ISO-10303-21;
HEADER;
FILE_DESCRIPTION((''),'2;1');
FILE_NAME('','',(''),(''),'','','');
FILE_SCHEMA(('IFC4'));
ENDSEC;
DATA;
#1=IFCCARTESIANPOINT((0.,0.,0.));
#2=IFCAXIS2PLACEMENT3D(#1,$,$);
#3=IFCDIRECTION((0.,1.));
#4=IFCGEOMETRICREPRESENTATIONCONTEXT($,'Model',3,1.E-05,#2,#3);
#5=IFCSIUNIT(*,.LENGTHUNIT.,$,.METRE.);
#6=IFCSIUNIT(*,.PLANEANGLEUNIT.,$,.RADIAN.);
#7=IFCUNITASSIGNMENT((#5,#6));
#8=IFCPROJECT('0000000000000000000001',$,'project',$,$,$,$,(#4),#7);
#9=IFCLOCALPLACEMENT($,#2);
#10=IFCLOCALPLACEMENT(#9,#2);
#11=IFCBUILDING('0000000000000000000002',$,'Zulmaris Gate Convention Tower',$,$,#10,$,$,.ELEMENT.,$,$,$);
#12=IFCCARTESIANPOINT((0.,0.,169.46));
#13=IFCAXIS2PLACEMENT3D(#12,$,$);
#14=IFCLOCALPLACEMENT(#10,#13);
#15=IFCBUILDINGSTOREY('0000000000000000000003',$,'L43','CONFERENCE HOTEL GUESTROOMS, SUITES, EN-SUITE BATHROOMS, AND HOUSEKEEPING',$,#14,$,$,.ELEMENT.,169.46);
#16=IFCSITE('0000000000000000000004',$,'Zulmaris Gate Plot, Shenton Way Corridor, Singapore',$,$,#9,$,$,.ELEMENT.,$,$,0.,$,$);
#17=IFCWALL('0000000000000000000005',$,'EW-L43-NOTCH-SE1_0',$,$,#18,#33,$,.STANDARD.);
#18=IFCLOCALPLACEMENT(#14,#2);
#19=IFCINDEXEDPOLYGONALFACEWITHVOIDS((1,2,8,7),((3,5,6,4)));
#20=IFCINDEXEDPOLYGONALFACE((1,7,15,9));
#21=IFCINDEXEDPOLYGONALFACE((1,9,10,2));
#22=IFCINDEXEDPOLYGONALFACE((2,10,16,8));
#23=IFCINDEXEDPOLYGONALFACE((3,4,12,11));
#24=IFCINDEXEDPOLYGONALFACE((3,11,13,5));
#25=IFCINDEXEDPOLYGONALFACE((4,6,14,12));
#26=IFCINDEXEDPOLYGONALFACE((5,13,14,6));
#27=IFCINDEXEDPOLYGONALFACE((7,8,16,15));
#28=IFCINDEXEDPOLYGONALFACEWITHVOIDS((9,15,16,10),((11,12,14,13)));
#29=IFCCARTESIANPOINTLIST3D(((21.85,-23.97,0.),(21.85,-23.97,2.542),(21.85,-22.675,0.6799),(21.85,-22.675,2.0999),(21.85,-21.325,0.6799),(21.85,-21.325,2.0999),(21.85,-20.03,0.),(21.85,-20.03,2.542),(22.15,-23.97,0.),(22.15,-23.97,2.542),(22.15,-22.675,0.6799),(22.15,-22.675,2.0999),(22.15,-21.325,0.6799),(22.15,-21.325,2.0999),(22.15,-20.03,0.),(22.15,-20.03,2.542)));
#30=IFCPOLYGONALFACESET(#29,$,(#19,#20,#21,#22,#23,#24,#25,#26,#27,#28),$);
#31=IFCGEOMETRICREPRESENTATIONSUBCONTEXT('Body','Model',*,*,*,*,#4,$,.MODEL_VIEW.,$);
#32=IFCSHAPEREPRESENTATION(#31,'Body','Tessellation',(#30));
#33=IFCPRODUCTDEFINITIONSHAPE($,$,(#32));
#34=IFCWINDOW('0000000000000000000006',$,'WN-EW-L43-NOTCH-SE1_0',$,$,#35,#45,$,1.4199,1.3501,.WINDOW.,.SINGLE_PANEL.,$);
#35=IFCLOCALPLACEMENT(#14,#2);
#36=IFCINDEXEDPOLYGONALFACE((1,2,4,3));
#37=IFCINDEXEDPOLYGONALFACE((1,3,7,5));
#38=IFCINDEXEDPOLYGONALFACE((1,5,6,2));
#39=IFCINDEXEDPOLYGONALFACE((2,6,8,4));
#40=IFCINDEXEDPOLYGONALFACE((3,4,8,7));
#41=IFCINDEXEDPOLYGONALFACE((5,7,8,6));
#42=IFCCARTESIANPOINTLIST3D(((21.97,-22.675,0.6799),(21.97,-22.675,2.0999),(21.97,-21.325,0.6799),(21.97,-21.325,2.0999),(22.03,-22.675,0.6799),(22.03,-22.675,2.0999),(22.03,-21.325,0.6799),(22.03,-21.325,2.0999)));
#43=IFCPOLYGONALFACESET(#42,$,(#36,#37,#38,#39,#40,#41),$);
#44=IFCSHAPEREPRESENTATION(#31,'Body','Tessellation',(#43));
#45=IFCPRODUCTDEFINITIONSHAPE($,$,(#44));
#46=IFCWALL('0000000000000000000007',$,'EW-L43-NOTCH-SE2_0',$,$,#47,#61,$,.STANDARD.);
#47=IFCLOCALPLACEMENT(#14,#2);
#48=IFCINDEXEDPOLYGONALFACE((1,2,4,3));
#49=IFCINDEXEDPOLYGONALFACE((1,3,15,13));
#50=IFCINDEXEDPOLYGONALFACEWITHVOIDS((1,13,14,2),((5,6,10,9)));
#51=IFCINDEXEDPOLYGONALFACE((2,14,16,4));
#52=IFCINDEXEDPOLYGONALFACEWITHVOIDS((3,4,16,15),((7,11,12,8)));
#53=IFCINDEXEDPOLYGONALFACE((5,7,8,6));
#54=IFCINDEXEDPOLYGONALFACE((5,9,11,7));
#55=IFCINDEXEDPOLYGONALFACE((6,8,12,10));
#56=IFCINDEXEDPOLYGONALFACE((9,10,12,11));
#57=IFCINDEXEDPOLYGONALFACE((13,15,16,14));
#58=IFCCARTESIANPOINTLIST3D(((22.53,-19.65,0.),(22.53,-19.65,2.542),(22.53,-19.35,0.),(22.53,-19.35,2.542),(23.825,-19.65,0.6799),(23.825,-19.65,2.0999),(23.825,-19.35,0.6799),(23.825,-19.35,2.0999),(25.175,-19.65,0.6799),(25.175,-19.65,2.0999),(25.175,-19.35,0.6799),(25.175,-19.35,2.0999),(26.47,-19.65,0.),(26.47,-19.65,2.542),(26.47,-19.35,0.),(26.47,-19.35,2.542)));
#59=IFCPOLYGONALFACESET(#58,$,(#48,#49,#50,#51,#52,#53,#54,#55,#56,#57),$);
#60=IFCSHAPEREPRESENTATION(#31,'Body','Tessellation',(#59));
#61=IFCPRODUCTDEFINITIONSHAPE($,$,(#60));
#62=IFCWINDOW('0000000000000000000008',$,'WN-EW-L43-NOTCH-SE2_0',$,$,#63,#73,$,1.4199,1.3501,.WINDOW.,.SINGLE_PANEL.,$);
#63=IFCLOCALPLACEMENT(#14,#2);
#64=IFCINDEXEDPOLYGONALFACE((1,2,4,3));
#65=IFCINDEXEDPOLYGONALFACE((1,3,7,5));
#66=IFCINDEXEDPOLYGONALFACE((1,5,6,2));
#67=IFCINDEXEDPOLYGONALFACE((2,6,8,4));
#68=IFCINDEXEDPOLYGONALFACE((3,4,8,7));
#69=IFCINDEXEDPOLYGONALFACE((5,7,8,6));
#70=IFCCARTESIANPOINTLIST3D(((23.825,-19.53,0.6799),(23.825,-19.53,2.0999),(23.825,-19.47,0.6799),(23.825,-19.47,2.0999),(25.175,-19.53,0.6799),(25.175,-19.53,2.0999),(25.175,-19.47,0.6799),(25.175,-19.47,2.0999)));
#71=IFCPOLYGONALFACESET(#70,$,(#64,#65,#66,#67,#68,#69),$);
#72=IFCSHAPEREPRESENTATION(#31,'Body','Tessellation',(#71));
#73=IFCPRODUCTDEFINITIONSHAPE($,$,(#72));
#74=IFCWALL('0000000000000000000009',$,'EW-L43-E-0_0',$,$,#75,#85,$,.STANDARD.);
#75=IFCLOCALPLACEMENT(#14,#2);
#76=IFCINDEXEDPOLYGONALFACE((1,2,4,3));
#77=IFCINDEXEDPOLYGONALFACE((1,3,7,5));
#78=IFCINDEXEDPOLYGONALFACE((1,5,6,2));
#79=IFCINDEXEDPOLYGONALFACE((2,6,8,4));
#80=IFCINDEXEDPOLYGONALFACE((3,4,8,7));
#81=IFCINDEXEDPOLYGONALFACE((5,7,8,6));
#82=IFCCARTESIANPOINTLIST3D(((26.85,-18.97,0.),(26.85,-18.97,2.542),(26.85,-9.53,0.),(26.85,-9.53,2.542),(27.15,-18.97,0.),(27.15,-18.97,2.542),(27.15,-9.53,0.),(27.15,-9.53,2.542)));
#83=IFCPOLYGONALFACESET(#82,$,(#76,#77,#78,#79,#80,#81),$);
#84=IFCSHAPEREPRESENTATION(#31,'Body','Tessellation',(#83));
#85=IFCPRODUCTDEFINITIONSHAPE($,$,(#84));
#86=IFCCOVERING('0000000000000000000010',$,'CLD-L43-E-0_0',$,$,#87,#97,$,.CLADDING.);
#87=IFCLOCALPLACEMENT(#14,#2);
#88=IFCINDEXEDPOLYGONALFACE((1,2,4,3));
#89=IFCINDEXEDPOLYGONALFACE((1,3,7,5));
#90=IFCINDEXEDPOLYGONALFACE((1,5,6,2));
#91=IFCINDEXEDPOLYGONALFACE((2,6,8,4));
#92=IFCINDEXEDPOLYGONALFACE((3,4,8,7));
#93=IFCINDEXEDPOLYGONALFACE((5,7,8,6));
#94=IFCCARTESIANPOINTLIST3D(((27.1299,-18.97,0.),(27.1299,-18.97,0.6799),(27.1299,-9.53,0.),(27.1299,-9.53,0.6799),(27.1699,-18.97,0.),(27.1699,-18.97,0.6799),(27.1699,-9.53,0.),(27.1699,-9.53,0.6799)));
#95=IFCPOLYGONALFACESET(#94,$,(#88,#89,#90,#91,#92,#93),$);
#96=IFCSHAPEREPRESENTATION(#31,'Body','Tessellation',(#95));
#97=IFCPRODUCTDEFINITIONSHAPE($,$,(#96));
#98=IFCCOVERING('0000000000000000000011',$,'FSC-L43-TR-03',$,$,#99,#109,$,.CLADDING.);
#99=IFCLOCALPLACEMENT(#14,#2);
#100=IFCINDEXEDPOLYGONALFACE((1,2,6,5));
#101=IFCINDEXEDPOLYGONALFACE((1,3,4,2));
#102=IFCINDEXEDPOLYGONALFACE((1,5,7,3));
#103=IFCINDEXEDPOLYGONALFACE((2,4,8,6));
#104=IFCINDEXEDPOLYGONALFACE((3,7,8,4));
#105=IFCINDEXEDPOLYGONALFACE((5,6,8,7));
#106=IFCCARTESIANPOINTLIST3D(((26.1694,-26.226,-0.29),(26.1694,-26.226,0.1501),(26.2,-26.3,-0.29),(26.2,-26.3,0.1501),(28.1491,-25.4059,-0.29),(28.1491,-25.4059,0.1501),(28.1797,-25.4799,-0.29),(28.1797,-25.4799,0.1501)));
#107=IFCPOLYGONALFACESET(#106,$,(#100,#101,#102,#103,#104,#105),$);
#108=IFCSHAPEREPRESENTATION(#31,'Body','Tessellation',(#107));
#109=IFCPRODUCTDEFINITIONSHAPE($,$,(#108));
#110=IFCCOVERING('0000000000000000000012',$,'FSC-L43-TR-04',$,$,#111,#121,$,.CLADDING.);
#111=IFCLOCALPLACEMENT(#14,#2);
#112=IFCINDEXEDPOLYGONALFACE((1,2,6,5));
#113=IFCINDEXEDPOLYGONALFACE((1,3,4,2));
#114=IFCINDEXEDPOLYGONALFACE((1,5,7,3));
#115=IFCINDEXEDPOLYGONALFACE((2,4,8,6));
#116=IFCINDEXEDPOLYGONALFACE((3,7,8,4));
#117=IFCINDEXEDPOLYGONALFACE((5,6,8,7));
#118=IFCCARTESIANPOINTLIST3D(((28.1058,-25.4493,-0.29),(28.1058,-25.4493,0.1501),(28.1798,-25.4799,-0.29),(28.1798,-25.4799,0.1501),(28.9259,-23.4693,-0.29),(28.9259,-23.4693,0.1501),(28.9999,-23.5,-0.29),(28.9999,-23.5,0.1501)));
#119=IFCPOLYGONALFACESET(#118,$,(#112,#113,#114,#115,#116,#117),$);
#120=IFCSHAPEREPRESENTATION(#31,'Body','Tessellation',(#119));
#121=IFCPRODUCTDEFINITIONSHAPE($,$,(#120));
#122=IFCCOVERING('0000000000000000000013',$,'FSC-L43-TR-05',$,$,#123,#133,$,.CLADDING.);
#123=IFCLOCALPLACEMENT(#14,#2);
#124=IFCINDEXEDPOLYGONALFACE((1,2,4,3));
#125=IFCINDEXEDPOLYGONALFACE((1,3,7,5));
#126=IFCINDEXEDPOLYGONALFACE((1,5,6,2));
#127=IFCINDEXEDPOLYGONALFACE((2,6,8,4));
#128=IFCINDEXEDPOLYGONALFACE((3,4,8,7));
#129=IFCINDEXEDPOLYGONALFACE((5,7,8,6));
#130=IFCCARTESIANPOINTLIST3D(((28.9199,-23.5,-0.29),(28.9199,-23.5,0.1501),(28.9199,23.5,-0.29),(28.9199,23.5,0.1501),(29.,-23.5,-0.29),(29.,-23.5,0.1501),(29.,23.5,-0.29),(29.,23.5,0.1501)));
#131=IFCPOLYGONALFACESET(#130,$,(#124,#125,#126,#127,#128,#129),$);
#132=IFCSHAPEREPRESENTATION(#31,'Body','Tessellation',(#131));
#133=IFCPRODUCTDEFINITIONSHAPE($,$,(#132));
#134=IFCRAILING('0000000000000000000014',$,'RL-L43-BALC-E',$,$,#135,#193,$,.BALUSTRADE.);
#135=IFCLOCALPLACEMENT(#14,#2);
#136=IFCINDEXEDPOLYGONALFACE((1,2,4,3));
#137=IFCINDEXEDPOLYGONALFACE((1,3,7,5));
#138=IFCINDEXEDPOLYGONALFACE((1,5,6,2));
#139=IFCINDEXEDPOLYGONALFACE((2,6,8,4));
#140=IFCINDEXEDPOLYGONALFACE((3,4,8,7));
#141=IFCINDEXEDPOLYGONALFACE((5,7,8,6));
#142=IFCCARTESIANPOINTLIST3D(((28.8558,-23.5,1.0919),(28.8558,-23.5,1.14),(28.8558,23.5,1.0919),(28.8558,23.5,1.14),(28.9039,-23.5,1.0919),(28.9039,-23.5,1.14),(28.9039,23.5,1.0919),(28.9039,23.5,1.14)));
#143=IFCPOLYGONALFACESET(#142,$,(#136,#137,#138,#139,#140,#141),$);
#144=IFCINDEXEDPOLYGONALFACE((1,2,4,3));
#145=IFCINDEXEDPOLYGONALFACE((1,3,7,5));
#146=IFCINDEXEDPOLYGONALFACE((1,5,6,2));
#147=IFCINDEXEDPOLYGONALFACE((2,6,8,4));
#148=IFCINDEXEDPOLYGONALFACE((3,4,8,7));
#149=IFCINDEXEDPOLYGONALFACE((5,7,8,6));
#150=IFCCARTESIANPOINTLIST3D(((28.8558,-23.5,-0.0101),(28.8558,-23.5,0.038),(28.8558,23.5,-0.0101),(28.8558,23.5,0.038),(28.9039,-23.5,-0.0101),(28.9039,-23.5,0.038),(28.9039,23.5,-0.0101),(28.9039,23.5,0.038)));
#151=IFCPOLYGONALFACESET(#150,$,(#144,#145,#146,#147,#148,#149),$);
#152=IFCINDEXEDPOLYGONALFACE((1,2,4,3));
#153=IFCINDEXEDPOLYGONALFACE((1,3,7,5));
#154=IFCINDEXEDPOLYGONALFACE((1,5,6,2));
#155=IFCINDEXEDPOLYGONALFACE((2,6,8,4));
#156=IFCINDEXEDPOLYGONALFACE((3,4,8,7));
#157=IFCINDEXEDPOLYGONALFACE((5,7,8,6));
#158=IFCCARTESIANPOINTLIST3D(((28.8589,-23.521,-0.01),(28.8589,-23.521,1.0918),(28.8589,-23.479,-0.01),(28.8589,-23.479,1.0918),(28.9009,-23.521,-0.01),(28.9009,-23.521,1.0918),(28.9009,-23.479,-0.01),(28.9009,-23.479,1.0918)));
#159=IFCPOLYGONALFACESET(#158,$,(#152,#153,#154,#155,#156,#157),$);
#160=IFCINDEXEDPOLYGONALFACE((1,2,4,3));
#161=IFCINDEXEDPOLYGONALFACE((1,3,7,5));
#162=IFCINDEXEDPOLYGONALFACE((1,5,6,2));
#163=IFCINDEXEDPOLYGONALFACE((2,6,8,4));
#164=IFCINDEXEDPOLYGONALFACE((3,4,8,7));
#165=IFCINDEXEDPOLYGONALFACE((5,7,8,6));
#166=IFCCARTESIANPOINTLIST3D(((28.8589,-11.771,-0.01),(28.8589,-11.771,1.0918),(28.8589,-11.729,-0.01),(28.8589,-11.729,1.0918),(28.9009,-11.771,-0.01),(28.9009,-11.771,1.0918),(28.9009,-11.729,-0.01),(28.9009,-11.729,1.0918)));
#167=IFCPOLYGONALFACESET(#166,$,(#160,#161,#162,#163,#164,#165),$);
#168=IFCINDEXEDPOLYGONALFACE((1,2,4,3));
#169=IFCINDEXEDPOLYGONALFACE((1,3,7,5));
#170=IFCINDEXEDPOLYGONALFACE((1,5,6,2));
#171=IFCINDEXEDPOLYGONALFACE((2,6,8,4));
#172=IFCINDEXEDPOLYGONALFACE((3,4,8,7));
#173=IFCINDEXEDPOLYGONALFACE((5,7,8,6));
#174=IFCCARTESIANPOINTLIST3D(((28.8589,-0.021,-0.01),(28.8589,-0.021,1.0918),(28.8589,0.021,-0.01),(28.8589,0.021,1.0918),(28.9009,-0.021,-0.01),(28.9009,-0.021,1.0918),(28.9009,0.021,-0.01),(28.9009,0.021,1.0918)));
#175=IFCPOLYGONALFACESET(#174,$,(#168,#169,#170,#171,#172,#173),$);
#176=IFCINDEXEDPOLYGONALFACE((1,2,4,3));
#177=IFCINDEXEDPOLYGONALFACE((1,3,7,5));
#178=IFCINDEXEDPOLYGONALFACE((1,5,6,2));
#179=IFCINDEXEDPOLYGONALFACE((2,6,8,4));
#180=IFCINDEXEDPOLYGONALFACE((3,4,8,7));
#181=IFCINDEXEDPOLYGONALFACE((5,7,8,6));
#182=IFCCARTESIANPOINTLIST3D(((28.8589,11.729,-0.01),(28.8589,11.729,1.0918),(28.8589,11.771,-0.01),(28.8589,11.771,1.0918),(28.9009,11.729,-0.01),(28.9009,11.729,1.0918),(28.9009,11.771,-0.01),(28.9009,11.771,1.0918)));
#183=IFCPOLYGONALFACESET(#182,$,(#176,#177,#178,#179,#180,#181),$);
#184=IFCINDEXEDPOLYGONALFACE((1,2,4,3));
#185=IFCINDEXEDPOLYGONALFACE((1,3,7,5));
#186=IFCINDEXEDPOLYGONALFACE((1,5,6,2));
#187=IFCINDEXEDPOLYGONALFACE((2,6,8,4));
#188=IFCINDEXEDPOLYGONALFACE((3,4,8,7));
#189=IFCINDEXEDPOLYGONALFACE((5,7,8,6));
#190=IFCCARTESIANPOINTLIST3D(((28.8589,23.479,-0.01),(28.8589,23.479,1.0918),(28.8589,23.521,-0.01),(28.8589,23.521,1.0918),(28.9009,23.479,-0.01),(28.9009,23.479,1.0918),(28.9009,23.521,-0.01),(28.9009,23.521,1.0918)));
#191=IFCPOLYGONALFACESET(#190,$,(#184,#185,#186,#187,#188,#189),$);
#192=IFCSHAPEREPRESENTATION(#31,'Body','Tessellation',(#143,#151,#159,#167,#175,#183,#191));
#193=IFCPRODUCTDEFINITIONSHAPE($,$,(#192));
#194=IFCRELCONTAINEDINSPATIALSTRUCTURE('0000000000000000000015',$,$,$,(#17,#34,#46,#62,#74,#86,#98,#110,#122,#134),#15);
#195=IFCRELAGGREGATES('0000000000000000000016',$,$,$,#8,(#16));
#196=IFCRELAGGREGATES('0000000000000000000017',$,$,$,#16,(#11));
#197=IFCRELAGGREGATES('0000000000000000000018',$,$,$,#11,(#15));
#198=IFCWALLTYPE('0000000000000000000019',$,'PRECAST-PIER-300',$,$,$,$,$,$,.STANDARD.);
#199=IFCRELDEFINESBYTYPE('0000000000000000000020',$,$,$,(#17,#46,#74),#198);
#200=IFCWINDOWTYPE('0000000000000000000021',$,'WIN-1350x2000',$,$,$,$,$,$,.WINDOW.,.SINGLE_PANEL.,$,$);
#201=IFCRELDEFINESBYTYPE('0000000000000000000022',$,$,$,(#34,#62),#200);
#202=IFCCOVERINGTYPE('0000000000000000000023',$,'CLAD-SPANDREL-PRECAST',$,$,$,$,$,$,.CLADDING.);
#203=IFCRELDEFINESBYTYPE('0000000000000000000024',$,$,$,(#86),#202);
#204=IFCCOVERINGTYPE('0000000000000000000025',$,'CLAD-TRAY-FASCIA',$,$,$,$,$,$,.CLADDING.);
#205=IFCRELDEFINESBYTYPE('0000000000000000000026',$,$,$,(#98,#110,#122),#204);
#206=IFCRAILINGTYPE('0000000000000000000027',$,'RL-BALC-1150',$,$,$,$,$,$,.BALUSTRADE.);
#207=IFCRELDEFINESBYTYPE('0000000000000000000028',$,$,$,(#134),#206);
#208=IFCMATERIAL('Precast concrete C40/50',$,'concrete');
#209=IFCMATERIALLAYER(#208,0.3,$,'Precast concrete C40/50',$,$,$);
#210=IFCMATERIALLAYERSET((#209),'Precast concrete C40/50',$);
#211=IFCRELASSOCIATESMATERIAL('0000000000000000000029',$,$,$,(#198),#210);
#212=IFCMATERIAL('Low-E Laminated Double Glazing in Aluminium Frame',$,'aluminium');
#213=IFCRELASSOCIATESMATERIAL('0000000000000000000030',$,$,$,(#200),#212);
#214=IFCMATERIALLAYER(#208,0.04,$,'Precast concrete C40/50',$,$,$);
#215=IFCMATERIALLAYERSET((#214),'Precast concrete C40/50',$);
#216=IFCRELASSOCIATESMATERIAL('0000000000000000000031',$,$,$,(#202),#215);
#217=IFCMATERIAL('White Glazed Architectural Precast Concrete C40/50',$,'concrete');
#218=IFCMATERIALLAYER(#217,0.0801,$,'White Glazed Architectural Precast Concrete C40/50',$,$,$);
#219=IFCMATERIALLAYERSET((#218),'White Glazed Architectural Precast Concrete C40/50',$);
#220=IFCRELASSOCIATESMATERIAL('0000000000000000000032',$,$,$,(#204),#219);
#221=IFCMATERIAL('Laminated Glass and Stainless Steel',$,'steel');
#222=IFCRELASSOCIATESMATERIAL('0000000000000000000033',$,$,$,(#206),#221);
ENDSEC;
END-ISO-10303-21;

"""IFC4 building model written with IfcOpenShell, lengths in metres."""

from ifc_helpers import new_model, si_unit, direction, frame, frame_2d, origin, origin_2d, place, context, subcontext, project, spatial, rectangle, extrude, material, layer, layer_set, type_object, element, fill, save


model = new_model("IFC4")

# Units and contexts
model_context = context("Model", 3, precision=1e-05, world=origin(), true_north=direction((0.0, 1.0)))
body_context = subcontext(model_context, "Body", "Model", "MODEL_VIEW")
ifc_project = project(units=[si_unit("LENGTHUNIT", "METRE"), si_unit("PLANEANGLEUNIT", "RADIAN")], contexts=[model_context])

# Site, building, storey
site_placement = place(None, origin())
site = spatial("IfcSite", under=ifc_project, at=site_placement, Name="Zulmaris Gate Plot, Shenton Way Corridor, Singapore", CompositionType="ELEMENT", RefElevation=0.0)
building_placement = place(site_placement, origin())
building = spatial("IfcBuilding", under=site, at=building_placement, Name="Zulmaris Gate Convention Tower", CompositionType="ELEMENT")
storey_placement = place(building_placement, frame((0.0, 0.0, 169.46)))
storey = spatial("IfcBuildingStorey", under=building, at=storey_placement, Name="L43", Description="CONFERENCE HOTEL GUESTROOMS, SUITES, EN-SUITE BATHROOMS, AND HOUSEKEEPING", CompositionType="ELEMENT", Elevation=169.46)

# Walls, openings, windows
ifc_material_1 = material(Name="Precast concrete C40/50", Category="concrete")
ifc_layer_1 = layer(ifc_material_1, 0.3, Name="Precast concrete C40/50")
ifc_layer_set_1 = layer_set([ifc_layer_1], Name="Precast concrete C40/50")
wall_type_1 = type_object("IfcWallType", Name="PRECAST-PIER-300", PredefinedType="STANDARD", material=ifc_layer_set_1)
wall_1_placement = place(storey_placement, frame((22.0, -23.97, 0.0), z_axis=(0.0, 0.0, 1.0), x_axis=(0.0, 1.0, 0.0)))
wall_1 = element("IfcWall", 1, at=wall_1_placement, inside=storey, type_object=wall_type_1, Name="EW-L43-NOTCH-SE1_0", PredefinedType="STANDARD", context=body_context, shape_type="SweptSolid", body=[
    extrude(rectangle(XDim=3.9399, YDim=0.3, at=frame_2d((1.97, 0.0))), origin(), (0.0, 0.0, 1.0), 2.542),
])
opening_1_placement = place(wall_1_placement, frame((1.2949, 0.0, 0.6799)))
opening_1 = element("IfcOpeningElement", 2, at=opening_1_placement, cuts=wall_1, PredefinedType="OPENING", context=body_context, shape_type="SweptSolid", body=[
    extrude(rectangle(XDim=1.3501, YDim=1.4199, at=frame_2d((0.675, 0.71))), frame((0.0, 0.1602, 0.0), z_axis=(0.0, -1.0, 0.0), x_axis=(1.0, 0.0, 0.0)), (0.0, 0.0, 1.0), 0.3201),
])
ifc_material_2 = material(Name="Low-E Laminated Double Glazing in Aluminium Frame", Category="aluminium")
window_type = type_object("IfcWindowType", Name="WIN-1350x2000", PartitioningType="SINGLE_PANEL", PredefinedType="WINDOW", material=ifc_material_2)
window_1_placement = place(opening_1_placement, origin())
window_1 = element("IfcWindow", 3, at=window_1_placement, inside=storey, type_object=window_type, Name="WN-EW-L43-NOTCH-SE1_0", OverallHeight=1.4199, OverallWidth=1.3501, PartitioningType="SINGLE_PANEL", PredefinedType="WINDOW", context=body_context, shape_type="SweptSolid", body=[
    extrude(rectangle(XDim=1.3501, YDim=1.4199, at=frame_2d((0.675, 0.71))), frame((0.0, 0.03, 0.0), z_axis=(0.0, -1.0, 0.0), x_axis=(1.0, 0.0, 0.0)), (0.0, 0.0, 1.0), 0.0601),
])
fill(opening_1, window_1)
wall_2_placement = place(storey_placement, frame((22.53, -19.5, 0.0), z_axis=(0.0, 0.0, 1.0), x_axis=(1.0, 0.0, 0.0)))
wall_2 = element("IfcWall", 4, at=wall_2_placement, inside=storey, type_object=wall_type_1, Name="EW-L43-NOTCH-SE2_0", PredefinedType="STANDARD", context=body_context, shape_type="SweptSolid", body=[
    extrude(rectangle(XDim=3.9399, YDim=0.3, at=frame_2d((1.97, 0.0))), origin(), (0.0, 0.0, 1.0), 2.542),
])
opening_2_placement = place(wall_2_placement, frame((1.2949, 0.0, 0.6799)))
opening_2 = element("IfcOpeningElement", 5, at=opening_2_placement, cuts=wall_2, PredefinedType="OPENING", context=body_context, shape_type="SweptSolid", body=[
    extrude(rectangle(XDim=1.3501, YDim=1.4199, at=frame_2d((0.675, 0.71))), frame((0.0, 0.1602, 0.0), z_axis=(0.0, -1.0, 0.0), x_axis=(1.0, 0.0, 0.0)), (0.0, 0.0, 1.0), 0.3201),
])
window_2_placement = place(opening_2_placement, origin())
window_2 = element("IfcWindow", 6, at=window_2_placement, inside=storey, type_object=window_type, Name="WN-EW-L43-NOTCH-SE2_0", OverallHeight=1.4199, OverallWidth=1.3501, PartitioningType="SINGLE_PANEL", PredefinedType="WINDOW", context=body_context, shape_type="SweptSolid", body=[
    extrude(rectangle(XDim=1.3501, YDim=1.4199, at=frame_2d((0.675, 0.71))), frame((0.0, 0.03, 0.0), z_axis=(0.0, -1.0, 0.0), x_axis=(1.0, 0.0, 0.0)), (0.0, 0.0, 1.0), 0.0601),
])
fill(opening_2, window_2)

# Wall
wall_3_placement = place(storey_placement, frame((27.0, -18.97, 0.0), z_axis=(0.0, 0.0, 1.0), x_axis=(0.0, 1.0, 0.0)))
element("IfcWall", 7, at=wall_3_placement, inside=storey, type_object=wall_type_1, Name="EW-L43-E-0_0", PredefinedType="STANDARD", context=body_context, shape_type="SweptSolid", body=[
    extrude(rectangle(XDim=9.4399, YDim=0.3, at=frame_2d((4.72, 0.0))), origin(), (0.0, 0.0, 1.0), 2.542),
])

# Coverings
ifc_layer_2 = layer(ifc_material_1, 0.04, Name="Precast concrete C40/50")
ifc_layer_set_2 = layer_set([ifc_layer_2], Name="Precast concrete C40/50")
covering_type_1 = type_object("IfcCoveringType", Name="CLAD-SPANDREL-PRECAST", PredefinedType="CLADDING", material=ifc_layer_set_2)
covering_1_placement = place(storey_placement, frame((27.1499, -18.97, 0.0), z_axis=(0.0, 0.0, 1.0), x_axis=(0.0, 1.0, 0.0)))
element("IfcCovering", 8, at=covering_1_placement, inside=storey, type_object=covering_type_1, Name="CLD-L43-E-0_0", PredefinedType="CLADDING", context=body_context, shape_type="SweptSolid", body=[
    extrude(rectangle(XDim=9.4399, YDim=0.04, at=frame_2d((4.72, 0.0))), origin(), (0.0, 0.0, 1.0), 0.6799),
])
ifc_material_3 = material(Name="White Glazed Architectural Precast Concrete C40/50", Category="concrete")
ifc_layer_3 = layer(ifc_material_3, 0.0801, Name="White Glazed Architectural Precast Concrete C40/50")
ifc_layer_set_3 = layer_set([ifc_layer_3], Name="White Glazed Architectural Precast Concrete C40/50")
covering_type_2 = type_object("IfcCoveringType", Name="CLAD-TRAY-FASCIA", PredefinedType="CLADDING", material=ifc_layer_set_3)
covering_2_placement = place(storey_placement, frame((26.1848, -26.2629, -0.29), z_axis=(0.0, 0.0, 1.0), x_axis=(0.923874, 0.382697, 0.0)))
element("IfcCovering", 9, at=covering_2_placement, inside=storey, type_object=covering_type_2, Name="FSC-L43-TR-03", PredefinedType="CLADDING", context=body_context, shape_type="SweptSolid", body=[
    extrude(rectangle(XDim=2.1428, YDim=0.0801, at=frame_2d((1.0713, 0.0))), origin(), (0.0, 0.0, 1.0), 0.4402),
])
covering_3_placement = place(storey_placement, frame((28.1428, -25.4646, -0.29), z_axis=(0.0, 0.0, 1.0), x_axis=(0.382657, 0.92389, 0.0)))
element("IfcCovering", 10, at=covering_3_placement, inside=storey, type_object=covering_type_2, Name="FSC-L43-TR-04", PredefinedType="CLADDING", context=body_context, shape_type="SweptSolid", body=[
    extrude(rectangle(XDim=2.1431, YDim=0.0801, at=frame_2d((1.0715, 0.0))), origin(), (0.0, 0.0, 1.0), 0.4402),
])
covering_4_placement = place(storey_placement, frame((28.96, -23.5, -0.29), z_axis=(0.0, 0.0, 1.0), x_axis=(0.0, 1.0, 0.0)))
element("IfcCovering", 11, at=covering_4_placement, inside=storey, type_object=covering_type_2, Name="FSC-L43-TR-05", PredefinedType="CLADDING", context=body_context, shape_type="SweptSolid", body=[
    extrude(rectangle(XDim=47.0, YDim=0.0801, at=frame_2d((23.5, 0.0))), origin(), (0.0, 0.0, 1.0), 0.4402),
])

# Railing
ifc_material_4 = material(Name="Laminated Glass and Stainless Steel", Category="steel")
railing_type = type_object("IfcRailingType", Name="RL-BALC-1150", PredefinedType="BALUSTRADE", material=ifc_material_4)
railing_placement = place(storey_placement, frame((28.8799, -23.5, -0.01)))
element("IfcRailing", 12, at=railing_placement, inside=storey, type_object=railing_type, Name="RL-L43-BALC-E", PredefinedType="BALUSTRADE", context=body_context, shape_type="SweptSolid", body=[
    extrude(rectangle(XDim=0.0481, YDim=0.0481, at=origin_2d()), frame((0.0, 0.0, 1.126), z_axis=(0.0, 1.0, 0.0), x_axis=(-1.0, 0.0, 0.0)), (0.0, 0.0, 1.0), 47.0),
    extrude(rectangle(XDim=0.0481, YDim=0.0481, at=origin_2d()), frame((0.0, 0.0, 0.0239), z_axis=(0.0, 1.0, 0.0), x_axis=(-1.0, 0.0, 0.0)), (0.0, 0.0, 1.0), 47.0),
    extrude(rectangle(XDim=0.042, YDim=0.042, at=origin_2d()), origin(), (0.0, 0.0, 1.0), 1.1018),
    extrude(rectangle(XDim=0.042, YDim=0.042, at=origin_2d()), frame((0.0, 11.75, 0.0)), (0.0, 0.0, 1.0), 1.1018),
    extrude(rectangle(XDim=0.042, YDim=0.042, at=origin_2d()), frame((0.0, 23.5, 0.0)), (0.0, 0.0, 1.0), 1.1018),
    extrude(rectangle(XDim=0.042, YDim=0.042, at=origin_2d()), frame((0.0, 35.25, 0.0)), (0.0, 0.0, 1.0), 1.1018),
    extrude(rectangle(XDim=0.042, YDim=0.042, at=origin_2d()), frame((0.0, 47.0, 0.0)), (0.0, 0.0, 1.0), 1.1018),
])

save(model, "model.ifc")
